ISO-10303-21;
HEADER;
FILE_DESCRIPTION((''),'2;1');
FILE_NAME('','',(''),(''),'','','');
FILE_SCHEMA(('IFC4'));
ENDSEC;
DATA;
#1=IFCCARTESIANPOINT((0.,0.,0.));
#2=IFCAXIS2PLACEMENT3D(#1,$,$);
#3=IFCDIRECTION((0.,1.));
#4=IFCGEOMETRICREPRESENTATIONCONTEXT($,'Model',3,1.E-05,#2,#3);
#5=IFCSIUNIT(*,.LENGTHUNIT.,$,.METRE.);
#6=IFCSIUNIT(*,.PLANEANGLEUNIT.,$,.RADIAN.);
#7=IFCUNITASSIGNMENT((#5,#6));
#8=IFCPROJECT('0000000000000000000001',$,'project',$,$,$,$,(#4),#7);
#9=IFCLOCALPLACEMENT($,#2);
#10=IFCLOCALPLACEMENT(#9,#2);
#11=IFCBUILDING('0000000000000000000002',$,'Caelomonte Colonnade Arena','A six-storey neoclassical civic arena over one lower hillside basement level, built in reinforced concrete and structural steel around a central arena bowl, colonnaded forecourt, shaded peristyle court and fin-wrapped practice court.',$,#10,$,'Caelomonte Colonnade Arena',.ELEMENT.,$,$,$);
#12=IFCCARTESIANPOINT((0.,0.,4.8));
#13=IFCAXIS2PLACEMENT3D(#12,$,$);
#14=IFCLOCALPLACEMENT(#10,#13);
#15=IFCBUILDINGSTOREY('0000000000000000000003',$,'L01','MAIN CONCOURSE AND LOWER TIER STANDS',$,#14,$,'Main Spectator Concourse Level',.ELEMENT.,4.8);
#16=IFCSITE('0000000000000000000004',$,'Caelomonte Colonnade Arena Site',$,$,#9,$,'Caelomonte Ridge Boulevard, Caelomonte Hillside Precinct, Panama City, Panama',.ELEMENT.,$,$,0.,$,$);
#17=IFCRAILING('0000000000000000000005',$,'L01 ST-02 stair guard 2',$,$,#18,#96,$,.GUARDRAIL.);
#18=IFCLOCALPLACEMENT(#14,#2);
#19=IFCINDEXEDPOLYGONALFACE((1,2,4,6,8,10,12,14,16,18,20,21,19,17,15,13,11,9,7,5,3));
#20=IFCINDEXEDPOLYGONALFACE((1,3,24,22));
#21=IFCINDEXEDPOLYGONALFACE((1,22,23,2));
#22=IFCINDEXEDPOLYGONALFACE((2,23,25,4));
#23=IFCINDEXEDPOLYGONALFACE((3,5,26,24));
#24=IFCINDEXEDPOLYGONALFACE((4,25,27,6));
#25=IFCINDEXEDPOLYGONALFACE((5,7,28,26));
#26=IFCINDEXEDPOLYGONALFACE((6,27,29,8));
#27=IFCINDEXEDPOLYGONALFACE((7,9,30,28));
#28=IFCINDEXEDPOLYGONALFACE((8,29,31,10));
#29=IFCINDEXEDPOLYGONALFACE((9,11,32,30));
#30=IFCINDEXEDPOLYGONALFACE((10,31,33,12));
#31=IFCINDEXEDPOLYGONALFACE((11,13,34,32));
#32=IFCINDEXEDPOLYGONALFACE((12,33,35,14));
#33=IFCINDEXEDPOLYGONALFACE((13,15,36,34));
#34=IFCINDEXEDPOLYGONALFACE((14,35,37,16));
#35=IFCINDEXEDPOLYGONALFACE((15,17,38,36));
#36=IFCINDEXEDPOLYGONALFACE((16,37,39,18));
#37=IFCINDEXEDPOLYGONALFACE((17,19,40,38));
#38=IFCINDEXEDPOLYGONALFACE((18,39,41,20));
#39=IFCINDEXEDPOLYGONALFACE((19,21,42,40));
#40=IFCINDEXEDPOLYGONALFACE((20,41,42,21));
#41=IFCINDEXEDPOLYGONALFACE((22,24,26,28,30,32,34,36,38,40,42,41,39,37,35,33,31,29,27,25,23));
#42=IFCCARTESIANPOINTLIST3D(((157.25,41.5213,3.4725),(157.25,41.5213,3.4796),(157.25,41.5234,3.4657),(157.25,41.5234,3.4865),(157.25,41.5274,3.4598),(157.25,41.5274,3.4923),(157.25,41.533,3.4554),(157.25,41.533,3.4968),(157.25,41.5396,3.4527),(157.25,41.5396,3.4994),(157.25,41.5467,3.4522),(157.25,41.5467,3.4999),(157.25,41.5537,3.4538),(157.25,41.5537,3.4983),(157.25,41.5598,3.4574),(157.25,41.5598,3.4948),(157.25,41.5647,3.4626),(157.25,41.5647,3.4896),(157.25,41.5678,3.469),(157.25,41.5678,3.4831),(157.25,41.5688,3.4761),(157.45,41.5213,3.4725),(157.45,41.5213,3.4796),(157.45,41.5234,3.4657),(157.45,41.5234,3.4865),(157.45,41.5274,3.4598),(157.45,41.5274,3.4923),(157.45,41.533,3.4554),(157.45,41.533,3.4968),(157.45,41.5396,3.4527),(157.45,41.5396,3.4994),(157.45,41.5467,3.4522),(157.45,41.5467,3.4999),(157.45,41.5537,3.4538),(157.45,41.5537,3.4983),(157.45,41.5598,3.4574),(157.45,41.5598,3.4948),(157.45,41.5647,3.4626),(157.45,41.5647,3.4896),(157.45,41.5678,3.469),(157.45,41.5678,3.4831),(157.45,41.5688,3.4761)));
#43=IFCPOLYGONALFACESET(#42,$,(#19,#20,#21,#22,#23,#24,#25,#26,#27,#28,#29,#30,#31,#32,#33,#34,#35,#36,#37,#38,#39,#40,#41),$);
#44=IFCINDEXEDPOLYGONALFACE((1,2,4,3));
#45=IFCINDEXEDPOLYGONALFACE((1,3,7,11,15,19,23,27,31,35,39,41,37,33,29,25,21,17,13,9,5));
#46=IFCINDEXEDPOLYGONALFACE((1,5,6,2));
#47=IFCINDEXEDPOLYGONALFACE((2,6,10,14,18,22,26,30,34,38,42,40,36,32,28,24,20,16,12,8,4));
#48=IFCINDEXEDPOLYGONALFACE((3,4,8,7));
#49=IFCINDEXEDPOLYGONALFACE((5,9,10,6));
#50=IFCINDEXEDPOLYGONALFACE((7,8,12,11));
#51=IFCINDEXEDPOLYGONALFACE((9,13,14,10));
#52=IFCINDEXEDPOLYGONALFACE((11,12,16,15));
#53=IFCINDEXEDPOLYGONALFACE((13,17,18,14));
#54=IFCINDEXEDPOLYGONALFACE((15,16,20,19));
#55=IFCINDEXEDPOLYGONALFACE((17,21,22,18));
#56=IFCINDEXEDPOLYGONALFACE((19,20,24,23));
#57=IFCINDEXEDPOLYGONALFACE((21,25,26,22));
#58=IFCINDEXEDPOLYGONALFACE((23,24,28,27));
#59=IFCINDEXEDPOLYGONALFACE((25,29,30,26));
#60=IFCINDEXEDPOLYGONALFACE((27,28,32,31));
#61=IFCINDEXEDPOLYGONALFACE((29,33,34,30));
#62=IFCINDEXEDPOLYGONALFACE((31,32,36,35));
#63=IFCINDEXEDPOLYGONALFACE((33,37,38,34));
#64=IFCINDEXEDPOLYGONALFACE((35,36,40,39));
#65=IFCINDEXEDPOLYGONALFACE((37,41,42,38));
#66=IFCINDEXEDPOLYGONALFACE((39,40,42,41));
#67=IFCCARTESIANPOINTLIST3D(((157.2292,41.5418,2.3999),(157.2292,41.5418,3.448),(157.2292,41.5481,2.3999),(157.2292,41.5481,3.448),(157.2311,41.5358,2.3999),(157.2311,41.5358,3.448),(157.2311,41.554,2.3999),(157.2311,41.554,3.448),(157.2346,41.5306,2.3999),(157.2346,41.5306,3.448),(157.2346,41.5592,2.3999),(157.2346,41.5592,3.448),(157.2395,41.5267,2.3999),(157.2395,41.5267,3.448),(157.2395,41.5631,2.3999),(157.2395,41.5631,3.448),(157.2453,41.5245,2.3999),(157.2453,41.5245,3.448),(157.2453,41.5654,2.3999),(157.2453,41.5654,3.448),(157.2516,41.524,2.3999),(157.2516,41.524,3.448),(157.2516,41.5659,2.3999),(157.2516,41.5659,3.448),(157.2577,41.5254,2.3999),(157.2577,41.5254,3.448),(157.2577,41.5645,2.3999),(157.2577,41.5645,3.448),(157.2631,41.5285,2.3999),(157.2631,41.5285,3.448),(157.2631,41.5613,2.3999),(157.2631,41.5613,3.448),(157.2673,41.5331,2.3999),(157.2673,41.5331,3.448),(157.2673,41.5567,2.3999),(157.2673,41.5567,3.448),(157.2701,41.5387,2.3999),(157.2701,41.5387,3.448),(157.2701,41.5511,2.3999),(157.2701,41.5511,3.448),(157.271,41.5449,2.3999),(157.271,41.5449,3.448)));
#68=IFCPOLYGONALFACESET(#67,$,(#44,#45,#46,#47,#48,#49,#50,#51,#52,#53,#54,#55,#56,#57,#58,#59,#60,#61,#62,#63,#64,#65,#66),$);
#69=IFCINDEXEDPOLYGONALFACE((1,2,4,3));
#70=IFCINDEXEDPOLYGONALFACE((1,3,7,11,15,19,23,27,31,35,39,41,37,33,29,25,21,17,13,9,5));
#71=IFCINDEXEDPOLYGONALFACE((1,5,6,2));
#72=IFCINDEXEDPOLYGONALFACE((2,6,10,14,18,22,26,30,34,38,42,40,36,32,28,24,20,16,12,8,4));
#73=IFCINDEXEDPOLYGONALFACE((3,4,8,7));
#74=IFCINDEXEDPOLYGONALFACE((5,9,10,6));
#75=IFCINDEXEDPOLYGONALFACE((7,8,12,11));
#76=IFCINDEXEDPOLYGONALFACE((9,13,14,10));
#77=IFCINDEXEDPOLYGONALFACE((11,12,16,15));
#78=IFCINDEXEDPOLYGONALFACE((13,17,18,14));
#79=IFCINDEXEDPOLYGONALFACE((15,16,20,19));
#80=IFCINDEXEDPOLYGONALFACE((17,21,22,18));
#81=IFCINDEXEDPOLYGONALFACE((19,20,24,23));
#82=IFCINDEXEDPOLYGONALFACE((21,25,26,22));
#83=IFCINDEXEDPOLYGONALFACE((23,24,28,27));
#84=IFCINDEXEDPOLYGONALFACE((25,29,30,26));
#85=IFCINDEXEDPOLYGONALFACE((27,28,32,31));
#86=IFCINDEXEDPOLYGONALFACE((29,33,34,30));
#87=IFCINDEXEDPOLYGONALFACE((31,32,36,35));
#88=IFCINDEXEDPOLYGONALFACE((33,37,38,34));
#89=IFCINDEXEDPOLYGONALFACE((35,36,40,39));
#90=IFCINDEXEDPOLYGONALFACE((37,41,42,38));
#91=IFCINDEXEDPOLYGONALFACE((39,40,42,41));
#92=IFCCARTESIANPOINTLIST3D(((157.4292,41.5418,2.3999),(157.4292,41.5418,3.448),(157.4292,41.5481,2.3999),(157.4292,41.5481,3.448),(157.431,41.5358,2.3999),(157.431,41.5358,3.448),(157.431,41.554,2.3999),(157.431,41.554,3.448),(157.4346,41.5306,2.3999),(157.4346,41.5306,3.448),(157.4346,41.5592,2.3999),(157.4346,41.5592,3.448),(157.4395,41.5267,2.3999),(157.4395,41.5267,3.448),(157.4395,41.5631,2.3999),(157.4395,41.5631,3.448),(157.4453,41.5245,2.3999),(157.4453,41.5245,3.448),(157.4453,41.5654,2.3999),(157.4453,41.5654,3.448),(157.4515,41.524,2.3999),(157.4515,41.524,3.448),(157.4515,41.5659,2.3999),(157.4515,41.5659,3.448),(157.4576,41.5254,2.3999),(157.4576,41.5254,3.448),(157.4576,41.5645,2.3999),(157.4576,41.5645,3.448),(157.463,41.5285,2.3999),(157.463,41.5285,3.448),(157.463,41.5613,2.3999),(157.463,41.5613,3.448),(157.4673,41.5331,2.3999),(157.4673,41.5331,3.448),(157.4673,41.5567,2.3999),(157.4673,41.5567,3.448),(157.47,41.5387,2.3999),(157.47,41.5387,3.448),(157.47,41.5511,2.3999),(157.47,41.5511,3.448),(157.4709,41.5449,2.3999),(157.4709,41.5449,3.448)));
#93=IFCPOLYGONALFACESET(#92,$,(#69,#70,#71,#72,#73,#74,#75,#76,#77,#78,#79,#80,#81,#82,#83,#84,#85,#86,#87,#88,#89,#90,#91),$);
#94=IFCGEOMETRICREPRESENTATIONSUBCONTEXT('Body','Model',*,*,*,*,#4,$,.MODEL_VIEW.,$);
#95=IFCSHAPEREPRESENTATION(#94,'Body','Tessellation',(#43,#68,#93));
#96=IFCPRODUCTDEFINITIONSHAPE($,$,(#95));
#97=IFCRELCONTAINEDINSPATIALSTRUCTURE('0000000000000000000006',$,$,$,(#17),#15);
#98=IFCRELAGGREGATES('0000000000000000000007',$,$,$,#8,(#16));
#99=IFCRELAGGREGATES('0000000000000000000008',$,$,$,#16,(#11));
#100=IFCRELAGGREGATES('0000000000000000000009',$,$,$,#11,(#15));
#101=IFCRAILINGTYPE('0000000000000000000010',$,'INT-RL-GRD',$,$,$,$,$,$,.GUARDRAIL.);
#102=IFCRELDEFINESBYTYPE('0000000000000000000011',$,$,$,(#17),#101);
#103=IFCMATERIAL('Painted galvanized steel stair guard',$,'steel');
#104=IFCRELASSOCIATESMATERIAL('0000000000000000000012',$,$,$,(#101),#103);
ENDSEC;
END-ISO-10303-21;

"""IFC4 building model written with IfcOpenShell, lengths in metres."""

from ifc_helpers import new_model, si_unit, direction, frame, origin, origin_2d, place, context, subcontext, project, spatial, circle, extrude, material, type_object, element, save


model = new_model("IFC4")

# Units and contexts
model_context = context("Model", 3, precision=1e-05, world=origin(), true_north=direction((0.0, 1.0)))
body_context = subcontext(model_context, "Body", "Model", "MODEL_VIEW")
ifc_project = project(units=[si_unit("LENGTHUNIT", "METRE"), si_unit("PLANEANGLEUNIT", "RADIAN")], contexts=[model_context])

# Site, building, storey
site_placement = place(None, origin())
site = spatial("IfcSite", under=ifc_project, at=site_placement, Name="Caelomonte Colonnade Arena Site", LongName="Caelomonte Ridge Boulevard, Caelomonte Hillside Precinct, Panama City, Panama", CompositionType="ELEMENT", RefElevation=0.0)
building_placement = place(site_placement, origin())
building = spatial("IfcBuilding", under=site, at=building_placement, Name="Caelomonte Colonnade Arena", Description="A six-storey neoclassical civic arena over one lower hillside basement level, built in reinforced concrete and structural steel around a central arena bowl, colonnaded forecourt, shaded peristyle court and fin-wrapped practice court.", LongName="Caelomonte Colonnade Arena", CompositionType="ELEMENT")
storey_placement = place(building_placement, frame((0.0, 0.0, 4.8)))
storey = spatial("IfcBuildingStorey", under=building, at=storey_placement, Name="L01", Description="MAIN CONCOURSE AND LOWER TIER STANDS", LongName="Main Spectator Concourse Level", CompositionType="ELEMENT", Elevation=4.8)

# Railing
ifc_material_1 = material(Name="Painted galvanized steel stair guard", Category="steel")
railing_type_1 = type_object("IfcRailingType", Name="INT-RL-GRD", PredefinedType="GUARDRAIL", material=ifc_material_1)
railing_1_placement = place(storey_placement, frame((157.25, 41.5449, 2.3999)))
element("IfcRailing", 1, at=railing_1_placement, inside=storey, type_object=railing_type_1, Name="L01 ST-02 stair guard 2", PredefinedType="GUARDRAIL", context=body_context, shape_type="SweptSolid", body=[
    extrude(circle(Radius=0.0239, at=origin_2d()), frame((0.0, 0.0, 1.0762), z_axis=(1.0, 0.0, 0.0), x_axis=(0.0, 1.0, 0.0)), (0.0, 0.0, 1.0), 0.2),
    extrude(circle(Radius=0.021, at=origin_2d()), origin(), (0.0, 0.0, 1.0), 1.0481),
    extrude(circle(Radius=0.021, at=origin_2d()), frame((0.2, 0.0, 0.0)), (0.0, 0.0, 1.0), 1.0481),
])

save(model, "model.ifc")
